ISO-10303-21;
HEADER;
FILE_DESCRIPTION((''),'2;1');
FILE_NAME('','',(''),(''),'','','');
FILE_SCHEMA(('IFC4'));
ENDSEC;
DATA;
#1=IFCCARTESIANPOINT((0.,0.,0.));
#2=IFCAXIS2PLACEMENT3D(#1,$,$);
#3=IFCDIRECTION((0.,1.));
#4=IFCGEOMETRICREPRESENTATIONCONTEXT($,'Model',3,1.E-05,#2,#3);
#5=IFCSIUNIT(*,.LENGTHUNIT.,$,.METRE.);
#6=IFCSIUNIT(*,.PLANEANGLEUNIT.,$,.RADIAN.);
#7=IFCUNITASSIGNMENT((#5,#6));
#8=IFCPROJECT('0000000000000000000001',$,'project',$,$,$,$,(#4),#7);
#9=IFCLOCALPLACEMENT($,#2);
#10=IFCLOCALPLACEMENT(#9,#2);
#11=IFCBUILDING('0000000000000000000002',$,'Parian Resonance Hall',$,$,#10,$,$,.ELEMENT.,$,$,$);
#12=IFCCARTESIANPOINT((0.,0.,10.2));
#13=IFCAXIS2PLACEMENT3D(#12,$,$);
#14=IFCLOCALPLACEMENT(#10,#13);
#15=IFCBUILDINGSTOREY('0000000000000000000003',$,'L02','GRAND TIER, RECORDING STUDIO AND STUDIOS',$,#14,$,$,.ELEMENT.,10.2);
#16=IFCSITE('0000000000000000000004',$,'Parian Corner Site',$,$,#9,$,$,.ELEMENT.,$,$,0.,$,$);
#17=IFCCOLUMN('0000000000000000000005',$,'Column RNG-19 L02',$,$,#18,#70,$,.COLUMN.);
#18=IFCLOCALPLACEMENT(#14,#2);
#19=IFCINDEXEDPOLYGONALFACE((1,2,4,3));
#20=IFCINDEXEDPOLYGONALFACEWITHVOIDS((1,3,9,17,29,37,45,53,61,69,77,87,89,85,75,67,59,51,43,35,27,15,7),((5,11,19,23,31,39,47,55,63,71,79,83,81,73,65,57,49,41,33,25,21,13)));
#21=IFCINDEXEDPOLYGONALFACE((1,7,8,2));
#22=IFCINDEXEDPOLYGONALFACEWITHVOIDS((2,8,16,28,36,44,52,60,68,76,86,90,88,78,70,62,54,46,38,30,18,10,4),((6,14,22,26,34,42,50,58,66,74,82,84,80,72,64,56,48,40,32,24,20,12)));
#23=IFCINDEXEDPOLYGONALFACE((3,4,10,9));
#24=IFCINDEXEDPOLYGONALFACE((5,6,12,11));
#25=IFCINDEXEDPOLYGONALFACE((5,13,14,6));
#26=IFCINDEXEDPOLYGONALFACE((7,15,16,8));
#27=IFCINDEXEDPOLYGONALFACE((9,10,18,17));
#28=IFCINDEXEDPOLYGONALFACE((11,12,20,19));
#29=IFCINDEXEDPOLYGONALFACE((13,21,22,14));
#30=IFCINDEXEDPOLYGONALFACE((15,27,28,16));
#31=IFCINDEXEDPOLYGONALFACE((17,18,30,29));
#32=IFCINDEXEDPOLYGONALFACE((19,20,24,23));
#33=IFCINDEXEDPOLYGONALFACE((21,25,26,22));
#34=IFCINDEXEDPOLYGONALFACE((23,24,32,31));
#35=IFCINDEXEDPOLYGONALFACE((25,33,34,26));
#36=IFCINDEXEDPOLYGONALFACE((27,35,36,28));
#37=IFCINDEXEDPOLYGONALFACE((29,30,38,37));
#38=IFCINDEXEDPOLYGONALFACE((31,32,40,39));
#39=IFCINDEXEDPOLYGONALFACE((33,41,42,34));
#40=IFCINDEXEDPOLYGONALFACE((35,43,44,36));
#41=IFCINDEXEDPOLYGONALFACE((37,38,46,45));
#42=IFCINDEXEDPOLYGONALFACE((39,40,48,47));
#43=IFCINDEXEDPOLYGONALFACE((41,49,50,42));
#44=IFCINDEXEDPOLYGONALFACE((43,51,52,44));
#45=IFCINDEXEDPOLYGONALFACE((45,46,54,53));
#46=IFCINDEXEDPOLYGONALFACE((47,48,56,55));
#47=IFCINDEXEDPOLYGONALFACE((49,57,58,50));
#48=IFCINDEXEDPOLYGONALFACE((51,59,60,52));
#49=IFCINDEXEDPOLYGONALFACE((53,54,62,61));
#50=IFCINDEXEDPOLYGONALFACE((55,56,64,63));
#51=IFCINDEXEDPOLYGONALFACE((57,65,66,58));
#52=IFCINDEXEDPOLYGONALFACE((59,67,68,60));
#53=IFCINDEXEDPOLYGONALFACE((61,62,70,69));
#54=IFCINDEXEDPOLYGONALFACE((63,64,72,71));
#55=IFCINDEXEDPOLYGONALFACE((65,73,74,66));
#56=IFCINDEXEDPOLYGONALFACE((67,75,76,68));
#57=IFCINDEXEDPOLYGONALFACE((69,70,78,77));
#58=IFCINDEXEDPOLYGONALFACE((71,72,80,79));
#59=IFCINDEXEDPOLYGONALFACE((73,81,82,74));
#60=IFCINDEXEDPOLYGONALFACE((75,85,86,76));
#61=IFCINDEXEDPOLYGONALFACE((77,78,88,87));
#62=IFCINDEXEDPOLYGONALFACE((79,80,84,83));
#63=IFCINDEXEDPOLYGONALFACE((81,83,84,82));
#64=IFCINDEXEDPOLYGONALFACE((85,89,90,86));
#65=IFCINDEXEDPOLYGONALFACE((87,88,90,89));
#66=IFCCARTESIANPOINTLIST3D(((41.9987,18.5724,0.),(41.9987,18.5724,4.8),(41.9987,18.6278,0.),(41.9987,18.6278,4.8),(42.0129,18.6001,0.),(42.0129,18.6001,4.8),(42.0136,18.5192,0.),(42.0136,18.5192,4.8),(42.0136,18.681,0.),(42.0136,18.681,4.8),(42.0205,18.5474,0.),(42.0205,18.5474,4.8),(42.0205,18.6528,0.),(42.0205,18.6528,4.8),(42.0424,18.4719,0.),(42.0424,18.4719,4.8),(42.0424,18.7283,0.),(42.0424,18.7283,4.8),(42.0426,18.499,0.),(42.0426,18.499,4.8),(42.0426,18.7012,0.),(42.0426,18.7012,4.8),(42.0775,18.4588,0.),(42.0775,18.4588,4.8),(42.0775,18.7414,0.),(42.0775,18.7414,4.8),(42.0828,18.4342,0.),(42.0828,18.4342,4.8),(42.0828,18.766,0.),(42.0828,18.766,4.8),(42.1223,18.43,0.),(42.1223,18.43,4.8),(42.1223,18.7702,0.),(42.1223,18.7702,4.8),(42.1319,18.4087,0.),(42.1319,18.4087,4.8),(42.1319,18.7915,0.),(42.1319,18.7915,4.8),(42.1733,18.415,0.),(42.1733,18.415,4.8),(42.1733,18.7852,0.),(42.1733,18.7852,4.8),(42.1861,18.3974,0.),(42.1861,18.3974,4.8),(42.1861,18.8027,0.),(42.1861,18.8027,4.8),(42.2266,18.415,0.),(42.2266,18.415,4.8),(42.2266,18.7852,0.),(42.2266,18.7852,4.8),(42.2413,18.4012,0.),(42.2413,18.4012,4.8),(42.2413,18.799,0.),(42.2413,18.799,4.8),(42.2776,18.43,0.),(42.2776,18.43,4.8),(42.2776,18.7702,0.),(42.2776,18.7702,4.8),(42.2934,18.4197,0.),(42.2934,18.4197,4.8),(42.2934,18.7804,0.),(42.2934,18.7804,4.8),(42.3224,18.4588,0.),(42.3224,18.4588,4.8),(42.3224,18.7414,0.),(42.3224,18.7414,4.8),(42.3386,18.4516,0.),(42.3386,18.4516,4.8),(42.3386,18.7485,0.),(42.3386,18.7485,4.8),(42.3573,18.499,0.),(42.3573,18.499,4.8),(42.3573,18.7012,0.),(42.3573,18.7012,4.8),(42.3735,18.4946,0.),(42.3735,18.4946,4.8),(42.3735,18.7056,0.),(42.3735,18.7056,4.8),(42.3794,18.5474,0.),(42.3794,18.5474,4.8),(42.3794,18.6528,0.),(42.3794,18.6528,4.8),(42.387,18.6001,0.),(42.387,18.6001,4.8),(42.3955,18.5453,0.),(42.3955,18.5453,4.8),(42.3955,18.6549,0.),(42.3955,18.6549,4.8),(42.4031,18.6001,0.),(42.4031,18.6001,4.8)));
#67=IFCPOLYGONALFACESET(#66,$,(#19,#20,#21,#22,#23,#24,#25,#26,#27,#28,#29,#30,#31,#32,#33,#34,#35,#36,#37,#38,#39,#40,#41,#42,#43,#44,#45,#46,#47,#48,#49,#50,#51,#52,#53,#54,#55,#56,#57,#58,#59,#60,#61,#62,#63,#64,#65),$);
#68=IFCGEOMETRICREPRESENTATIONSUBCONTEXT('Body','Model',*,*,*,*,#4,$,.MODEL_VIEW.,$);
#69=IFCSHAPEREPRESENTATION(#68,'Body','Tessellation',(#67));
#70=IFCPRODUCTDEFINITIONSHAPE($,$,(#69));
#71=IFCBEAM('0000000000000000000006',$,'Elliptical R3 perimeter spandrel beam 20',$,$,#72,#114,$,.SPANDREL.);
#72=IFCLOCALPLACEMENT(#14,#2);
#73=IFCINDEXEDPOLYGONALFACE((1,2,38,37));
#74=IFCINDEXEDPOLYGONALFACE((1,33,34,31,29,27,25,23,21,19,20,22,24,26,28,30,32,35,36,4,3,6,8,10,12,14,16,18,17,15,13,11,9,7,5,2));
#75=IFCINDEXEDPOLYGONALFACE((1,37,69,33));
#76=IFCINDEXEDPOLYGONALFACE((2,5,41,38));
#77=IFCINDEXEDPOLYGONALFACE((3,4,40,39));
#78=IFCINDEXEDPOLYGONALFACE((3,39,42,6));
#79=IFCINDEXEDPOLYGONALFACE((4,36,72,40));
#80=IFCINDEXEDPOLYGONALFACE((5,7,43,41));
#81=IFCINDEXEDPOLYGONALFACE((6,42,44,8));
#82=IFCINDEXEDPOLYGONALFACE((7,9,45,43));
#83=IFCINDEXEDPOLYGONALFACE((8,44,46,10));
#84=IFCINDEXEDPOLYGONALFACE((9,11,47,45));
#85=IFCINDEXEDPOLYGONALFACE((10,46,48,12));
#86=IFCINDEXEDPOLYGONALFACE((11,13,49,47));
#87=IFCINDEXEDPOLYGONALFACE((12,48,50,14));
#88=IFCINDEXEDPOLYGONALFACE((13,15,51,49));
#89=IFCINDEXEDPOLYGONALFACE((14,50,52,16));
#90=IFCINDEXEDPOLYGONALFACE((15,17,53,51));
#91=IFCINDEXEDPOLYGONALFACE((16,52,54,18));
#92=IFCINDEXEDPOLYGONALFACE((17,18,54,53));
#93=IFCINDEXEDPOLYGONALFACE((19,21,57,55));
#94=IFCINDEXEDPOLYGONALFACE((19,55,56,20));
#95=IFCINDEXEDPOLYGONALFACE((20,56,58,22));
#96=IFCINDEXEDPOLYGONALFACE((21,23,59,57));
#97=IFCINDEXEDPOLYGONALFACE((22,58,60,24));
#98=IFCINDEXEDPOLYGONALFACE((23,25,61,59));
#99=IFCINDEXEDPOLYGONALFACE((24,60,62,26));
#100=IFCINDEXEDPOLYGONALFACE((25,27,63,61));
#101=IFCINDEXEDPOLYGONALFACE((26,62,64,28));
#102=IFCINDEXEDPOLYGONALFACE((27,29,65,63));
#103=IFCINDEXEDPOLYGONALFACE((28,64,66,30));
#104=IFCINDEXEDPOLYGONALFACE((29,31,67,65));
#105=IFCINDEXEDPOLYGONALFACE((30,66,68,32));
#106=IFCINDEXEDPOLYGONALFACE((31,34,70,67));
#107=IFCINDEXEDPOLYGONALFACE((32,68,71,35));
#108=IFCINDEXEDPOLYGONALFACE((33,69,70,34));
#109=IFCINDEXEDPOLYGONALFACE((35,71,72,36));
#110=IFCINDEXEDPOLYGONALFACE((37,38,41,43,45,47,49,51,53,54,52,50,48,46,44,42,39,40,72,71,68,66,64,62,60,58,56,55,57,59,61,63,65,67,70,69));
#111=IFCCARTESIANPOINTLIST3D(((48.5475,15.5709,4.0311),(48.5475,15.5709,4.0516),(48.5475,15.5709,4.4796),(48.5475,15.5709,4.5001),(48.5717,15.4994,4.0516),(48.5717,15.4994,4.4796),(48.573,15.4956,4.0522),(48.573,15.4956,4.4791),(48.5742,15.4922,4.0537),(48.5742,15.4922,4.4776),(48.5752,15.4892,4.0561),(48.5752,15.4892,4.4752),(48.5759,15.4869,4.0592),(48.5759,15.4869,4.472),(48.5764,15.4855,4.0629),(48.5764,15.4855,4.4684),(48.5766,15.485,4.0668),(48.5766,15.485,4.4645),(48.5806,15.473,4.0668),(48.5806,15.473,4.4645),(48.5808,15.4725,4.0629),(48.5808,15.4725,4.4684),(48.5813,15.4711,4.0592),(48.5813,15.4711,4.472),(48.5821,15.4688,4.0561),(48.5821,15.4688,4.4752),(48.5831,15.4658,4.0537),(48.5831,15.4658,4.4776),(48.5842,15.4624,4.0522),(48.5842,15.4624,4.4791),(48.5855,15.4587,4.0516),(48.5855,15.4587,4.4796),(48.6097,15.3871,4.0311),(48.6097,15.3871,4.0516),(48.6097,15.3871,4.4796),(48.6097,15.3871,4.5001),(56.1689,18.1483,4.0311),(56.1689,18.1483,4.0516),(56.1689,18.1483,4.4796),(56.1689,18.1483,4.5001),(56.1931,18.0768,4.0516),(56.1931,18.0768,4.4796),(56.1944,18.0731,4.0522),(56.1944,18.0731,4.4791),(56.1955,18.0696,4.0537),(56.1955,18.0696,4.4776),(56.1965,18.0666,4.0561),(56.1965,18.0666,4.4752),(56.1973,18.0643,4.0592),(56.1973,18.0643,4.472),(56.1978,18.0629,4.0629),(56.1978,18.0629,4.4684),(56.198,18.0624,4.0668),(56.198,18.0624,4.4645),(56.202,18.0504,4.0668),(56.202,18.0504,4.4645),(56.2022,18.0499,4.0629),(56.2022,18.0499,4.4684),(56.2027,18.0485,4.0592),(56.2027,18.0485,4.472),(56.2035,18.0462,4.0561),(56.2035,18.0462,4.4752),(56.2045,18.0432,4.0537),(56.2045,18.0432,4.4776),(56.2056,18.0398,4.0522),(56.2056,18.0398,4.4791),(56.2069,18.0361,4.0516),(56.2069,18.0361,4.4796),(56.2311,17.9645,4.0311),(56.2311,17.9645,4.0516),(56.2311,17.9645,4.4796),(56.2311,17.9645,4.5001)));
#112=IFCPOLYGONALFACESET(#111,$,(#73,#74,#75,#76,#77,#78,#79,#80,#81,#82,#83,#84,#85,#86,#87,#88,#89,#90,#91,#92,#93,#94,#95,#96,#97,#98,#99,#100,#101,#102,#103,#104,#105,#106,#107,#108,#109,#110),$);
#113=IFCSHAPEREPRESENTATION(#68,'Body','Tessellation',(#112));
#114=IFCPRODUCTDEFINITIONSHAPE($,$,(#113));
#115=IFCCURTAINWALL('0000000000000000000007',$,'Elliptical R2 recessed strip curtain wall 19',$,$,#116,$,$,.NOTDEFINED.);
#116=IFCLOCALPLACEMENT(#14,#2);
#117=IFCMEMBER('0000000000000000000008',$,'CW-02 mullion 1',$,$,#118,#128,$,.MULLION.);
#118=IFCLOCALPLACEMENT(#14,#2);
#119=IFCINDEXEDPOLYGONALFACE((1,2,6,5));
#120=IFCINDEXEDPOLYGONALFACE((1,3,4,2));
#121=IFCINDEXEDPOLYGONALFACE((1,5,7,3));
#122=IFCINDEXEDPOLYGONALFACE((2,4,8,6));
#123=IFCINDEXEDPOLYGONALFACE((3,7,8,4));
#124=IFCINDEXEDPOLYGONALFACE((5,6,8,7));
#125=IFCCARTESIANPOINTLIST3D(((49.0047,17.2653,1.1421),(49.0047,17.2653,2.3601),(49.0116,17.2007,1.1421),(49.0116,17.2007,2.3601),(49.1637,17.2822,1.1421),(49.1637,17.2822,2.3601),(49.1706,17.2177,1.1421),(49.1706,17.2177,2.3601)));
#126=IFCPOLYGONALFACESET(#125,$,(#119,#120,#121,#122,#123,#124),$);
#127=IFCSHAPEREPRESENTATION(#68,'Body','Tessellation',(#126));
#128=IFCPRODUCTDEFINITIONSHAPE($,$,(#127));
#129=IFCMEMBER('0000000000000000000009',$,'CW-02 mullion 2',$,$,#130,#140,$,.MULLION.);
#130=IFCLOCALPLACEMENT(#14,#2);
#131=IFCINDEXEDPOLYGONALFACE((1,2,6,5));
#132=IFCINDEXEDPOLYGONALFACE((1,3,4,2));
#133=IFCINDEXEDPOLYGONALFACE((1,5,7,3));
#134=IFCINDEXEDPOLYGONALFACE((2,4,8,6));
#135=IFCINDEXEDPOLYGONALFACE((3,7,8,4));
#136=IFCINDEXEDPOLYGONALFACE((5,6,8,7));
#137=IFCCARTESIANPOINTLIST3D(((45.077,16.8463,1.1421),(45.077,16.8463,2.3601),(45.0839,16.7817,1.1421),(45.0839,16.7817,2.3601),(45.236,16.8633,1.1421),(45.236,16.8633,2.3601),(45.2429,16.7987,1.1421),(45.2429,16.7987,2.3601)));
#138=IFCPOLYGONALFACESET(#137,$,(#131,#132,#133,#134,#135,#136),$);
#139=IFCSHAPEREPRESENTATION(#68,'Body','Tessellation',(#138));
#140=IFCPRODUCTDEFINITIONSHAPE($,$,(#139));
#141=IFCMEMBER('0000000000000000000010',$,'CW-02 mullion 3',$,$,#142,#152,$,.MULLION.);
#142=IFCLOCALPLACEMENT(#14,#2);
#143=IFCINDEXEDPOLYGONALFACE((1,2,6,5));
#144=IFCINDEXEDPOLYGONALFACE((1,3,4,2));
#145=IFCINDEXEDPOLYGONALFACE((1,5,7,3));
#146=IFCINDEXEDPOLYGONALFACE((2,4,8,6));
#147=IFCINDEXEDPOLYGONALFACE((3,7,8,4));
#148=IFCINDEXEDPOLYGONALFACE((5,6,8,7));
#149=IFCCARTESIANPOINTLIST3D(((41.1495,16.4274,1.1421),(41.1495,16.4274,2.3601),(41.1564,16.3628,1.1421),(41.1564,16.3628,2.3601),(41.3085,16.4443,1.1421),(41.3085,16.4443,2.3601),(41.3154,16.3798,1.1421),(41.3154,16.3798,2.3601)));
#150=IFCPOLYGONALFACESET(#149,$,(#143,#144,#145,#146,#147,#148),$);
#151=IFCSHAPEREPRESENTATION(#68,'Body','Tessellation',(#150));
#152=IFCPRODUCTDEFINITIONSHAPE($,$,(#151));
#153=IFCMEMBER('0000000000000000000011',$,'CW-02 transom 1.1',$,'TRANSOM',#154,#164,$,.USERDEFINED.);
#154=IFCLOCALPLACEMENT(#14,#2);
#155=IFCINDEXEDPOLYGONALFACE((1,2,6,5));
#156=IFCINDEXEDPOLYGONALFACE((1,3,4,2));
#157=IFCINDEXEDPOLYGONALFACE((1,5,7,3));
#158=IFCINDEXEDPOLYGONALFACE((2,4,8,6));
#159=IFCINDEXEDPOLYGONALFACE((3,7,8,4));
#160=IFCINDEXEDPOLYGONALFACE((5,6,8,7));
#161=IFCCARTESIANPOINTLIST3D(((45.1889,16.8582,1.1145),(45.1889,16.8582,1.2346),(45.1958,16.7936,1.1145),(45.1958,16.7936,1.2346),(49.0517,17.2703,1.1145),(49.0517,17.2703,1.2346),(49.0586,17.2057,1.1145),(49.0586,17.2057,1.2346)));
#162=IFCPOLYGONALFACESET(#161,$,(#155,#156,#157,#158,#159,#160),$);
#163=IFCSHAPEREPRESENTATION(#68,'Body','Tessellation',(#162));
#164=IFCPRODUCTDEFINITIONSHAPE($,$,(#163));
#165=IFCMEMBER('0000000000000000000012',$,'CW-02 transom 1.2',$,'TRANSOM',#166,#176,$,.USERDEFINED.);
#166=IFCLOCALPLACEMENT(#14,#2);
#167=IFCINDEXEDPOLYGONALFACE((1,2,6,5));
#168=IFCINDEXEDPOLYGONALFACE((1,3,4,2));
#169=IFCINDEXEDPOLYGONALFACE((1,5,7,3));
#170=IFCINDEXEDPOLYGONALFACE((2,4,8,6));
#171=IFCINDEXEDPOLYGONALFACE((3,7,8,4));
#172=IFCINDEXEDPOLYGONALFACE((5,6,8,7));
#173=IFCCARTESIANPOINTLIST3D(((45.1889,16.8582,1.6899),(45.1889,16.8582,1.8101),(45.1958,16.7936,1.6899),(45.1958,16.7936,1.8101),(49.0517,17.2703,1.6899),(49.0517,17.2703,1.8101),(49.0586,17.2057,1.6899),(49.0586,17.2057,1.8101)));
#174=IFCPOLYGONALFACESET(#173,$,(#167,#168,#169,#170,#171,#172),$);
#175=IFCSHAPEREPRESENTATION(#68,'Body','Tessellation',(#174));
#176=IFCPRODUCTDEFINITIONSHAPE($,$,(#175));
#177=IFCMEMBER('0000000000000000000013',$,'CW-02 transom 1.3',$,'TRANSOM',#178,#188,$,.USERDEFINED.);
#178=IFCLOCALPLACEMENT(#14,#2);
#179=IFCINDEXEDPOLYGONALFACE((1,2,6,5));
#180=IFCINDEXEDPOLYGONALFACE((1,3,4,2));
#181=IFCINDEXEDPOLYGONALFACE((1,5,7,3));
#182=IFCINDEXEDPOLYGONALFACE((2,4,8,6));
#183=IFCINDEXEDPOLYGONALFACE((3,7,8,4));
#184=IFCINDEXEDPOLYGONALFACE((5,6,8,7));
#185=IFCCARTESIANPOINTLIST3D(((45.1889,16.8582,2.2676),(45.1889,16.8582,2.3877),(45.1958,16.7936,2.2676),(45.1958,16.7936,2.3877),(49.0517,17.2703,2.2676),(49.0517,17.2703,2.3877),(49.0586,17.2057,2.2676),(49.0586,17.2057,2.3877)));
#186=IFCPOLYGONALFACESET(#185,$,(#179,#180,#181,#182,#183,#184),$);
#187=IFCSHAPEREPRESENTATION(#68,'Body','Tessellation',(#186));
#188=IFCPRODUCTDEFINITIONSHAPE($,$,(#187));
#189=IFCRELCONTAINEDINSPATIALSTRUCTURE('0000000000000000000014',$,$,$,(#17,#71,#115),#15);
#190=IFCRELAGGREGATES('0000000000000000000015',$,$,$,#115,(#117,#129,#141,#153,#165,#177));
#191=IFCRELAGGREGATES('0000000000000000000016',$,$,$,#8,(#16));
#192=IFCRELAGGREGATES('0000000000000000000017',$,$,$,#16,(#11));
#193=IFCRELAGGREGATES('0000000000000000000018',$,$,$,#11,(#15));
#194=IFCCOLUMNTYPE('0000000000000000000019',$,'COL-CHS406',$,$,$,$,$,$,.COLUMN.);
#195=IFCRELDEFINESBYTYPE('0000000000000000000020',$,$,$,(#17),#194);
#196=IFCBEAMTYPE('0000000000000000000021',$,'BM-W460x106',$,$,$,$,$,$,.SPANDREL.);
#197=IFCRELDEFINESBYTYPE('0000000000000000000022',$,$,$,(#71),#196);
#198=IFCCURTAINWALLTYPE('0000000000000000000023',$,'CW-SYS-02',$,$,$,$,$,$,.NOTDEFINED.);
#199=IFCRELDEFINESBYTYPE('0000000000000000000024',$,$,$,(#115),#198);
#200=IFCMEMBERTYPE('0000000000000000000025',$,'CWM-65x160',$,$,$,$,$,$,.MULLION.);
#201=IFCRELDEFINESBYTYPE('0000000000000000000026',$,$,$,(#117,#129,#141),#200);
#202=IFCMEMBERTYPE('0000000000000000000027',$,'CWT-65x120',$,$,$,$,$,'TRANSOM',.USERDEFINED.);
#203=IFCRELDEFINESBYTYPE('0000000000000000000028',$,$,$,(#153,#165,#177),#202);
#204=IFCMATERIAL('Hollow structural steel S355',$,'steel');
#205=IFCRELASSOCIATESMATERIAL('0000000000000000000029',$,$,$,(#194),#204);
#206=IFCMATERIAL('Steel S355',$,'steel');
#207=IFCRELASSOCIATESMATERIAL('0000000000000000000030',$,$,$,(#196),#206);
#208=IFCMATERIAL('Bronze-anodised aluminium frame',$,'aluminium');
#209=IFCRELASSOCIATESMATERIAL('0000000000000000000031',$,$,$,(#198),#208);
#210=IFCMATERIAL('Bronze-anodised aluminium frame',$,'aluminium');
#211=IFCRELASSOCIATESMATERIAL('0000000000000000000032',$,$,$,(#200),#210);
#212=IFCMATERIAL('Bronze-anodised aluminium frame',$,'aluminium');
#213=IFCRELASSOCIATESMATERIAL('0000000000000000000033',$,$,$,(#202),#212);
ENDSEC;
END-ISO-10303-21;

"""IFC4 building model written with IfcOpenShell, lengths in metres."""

from ifc_helpers import new_model, si_unit, direction, frame, origin, origin_2d, place, context, subcontext, project, spatial, rectangle, hollow_circle, i_section, extrude, material, material_profile, profile_set, type_object, element, aggregate, save


model = new_model("IFC4")

# Units and contexts
model_context = context("Model", 3, precision=1e-05, world=origin(), true_north=direction((0.0, 1.0)))
body_context = subcontext(model_context, "Body", "Model", "MODEL_VIEW")
ifc_project = project(units=[si_unit("LENGTHUNIT", "METRE"), si_unit("PLANEANGLEUNIT", "RADIAN")], contexts=[model_context])

# Site, building, storey
site_placement = place(None, origin())
site = spatial("IfcSite", under=ifc_project, at=site_placement, Name="Parian Corner Site", CompositionType="ELEMENT", RefElevation=0.0)
building_placement = place(site_placement, origin())
building = spatial("IfcBuilding", under=site, at=building_placement, Name="Parian Resonance Hall", CompositionType="ELEMENT")
storey_placement = place(building_placement, frame((0.0, 0.0, 10.2)))
storey = spatial("IfcBuildingStorey", under=building, at=storey_placement, Name="L02", Description="GRAND TIER, RECORDING STUDIO AND STUDIOS", CompositionType="ELEMENT", Elevation=10.2)

# Column
ifc_material_1 = material(Name="Hollow structural steel S355", Category="steel")
ifc_material_profile_1 = material_profile(ifc_material_1, hollow_circle(Radius=0.2031, WallThickness=0.0161, at=origin_2d()), Name="CHS406.4x16")
ifc_profile_set_1 = profile_set([ifc_material_profile_1], Name="Hollow structural steel S355")
column_type = type_object("IfcColumnType", Name="COL-CHS406", PredefinedType="COLUMN", material=ifc_profile_set_1)
column_placement = place(storey_placement, frame((42.2, 18.6001, 0.0), z_axis=(0.0, 0.0, 1.0), x_axis=(1.0, 0.0, 0.0)))
element("IfcColumn", 1, at=column_placement, inside=storey, type_object=column_type, Name="Column RNG-19 L02", PredefinedType="COLUMN", context=body_context, shape_type="SweptSolid", body=[
    extrude(hollow_circle(Radius=0.2031, WallThickness=0.0161, at=origin_2d()), origin(), (0.0, 0.0, 1.0), 4.8),
])

# Beam
ifc_material_2 = material(Name="Steel S355", Category="steel")
ifc_material_profile_2 = material_profile(ifc_material_2, i_section(OverallWidth=0.1941, OverallDepth=0.469, WebThickness=0.0127, FlangeThickness=0.0205, FilletRadius=0.0151, at=origin_2d()), Name="W460x106")
ifc_profile_set_2 = profile_set([ifc_material_profile_2], Name="Steel S355")
beam_type = type_object("IfcBeamType", Name="BM-W460x106", PredefinedType="SPANDREL", material=ifc_profile_set_2)
beam_placement = place(storey_placement, frame((48.5786, 15.479, 4.2656), z_axis=(0.947297, 0.320358, 0.0), x_axis=(-0.320358, 0.947297, 0.0)))
element("IfcBeam", 2, at=beam_placement, inside=storey, type_object=beam_type, Name="Elliptical R3 perimeter spandrel beam 20", PredefinedType="SPANDREL", context=body_context, shape_type="SweptSolid", body=[
    extrude(i_section(OverallWidth=0.1941, OverallDepth=0.469, WebThickness=0.0127, FlangeThickness=0.0205, FilletRadius=0.0151, at=origin_2d()), origin(), (0.0, 0.0, 1.0), 8.0454),
])

# Curtain wall, members
ifc_material_3 = material(Name="Bronze-anodised aluminium frame", Category="aluminium")
curtain_wall_type = type_object("IfcCurtainWallType", Name="CW-SYS-02", PredefinedType="NOTDEFINED", material=ifc_material_3)
curtain_wall_placement = place(storey_placement, origin())
curtain_wall = element("IfcCurtainWall", 3, at=curtain_wall_placement, inside=storey, type_object=curtain_wall_type, Name="Elliptical R2 recessed strip curtain wall 19", PredefinedType="NOTDEFINED")
ifc_material_4 = material(Name="Bronze-anodised aluminium frame", Category="aluminium")
ifc_material_profile_3 = material_profile(ifc_material_4, rectangle(XDim=0.0649, YDim=0.1599, at=origin_2d()), Name="CWM-65x160")
ifc_profile_set_3 = profile_set([ifc_material_profile_3], Name="Bronze-anodised aluminium frame")
member_type_1 = type_object("IfcMemberType", Name="CWM-65x160", PredefinedType="MULLION", material=ifc_profile_set_3)
member_1_placement = place(storey_placement, frame((49.0876, 17.2415, 1.1421), z_axis=(0.0, 0.0, 1.0), x_axis=(0.106091, -0.994356, 0.0)))
member_1 = element("IfcMember", 4, at=member_1_placement, type_object=member_type_1, Name="CW-02 mullion 1", PredefinedType="MULLION", context=body_context, shape_type="SweptSolid", body=[
    extrude(rectangle(XDim=0.0649, YDim=0.1599, at=origin_2d()), origin(), (0.0, 0.0, 1.0), 1.218),
])
member_2_placement = place(storey_placement, frame((45.1599, 16.8225, 1.1421), z_axis=(0.0, 0.0, 1.0), x_axis=(0.106091, -0.994356, 0.0)))
member_2 = element("IfcMember", 5, at=member_2_placement, type_object=member_type_1, Name="CW-02 mullion 2", PredefinedType="MULLION", context=body_context, shape_type="SweptSolid", body=[
    extrude(rectangle(XDim=0.0649, YDim=0.1599, at=origin_2d()), origin(), (0.0, 0.0, 1.0), 1.218),
])
member_3_placement = place(storey_placement, frame((41.2324, 16.4036, 1.1421), z_axis=(0.0, 0.0, 1.0), x_axis=(0.106091, -0.994356, 0.0)))
member_3 = element("IfcMember", 6, at=member_3_placement, type_object=member_type_1, Name="CW-02 mullion 3", PredefinedType="MULLION", context=body_context, shape_type="SweptSolid", body=[
    extrude(rectangle(XDim=0.0649, YDim=0.1599, at=origin_2d()), origin(), (0.0, 0.0, 1.0), 1.218),
])
ifc_material_5 = material(Name="Bronze-anodised aluminium frame", Category="aluminium")
ifc_material_profile_4 = material_profile(ifc_material_5, rectangle(XDim=0.0649, YDim=0.1201, at=origin_2d()), Name="CWT-65x120")
ifc_profile_set_4 = profile_set([ifc_material_profile_4], Name="Bronze-anodised aluminium frame")
member_type_2 = type_object("IfcMemberType", Name="CWT-65x120", ElementType="TRANSOM", PredefinedType="USERDEFINED", material=ifc_profile_set_4)
member_4_placement = place(storey_placement, frame((49.0552, 17.238, 1.1746), z_axis=(-0.994357, -0.106085, 0.0), x_axis=(0.106085, -0.994357, 0.0)))
member_4 = element("IfcMember", 7, at=member_4_placement, type_object=member_type_2, Name="CW-02 transom 1.1", ObjectType="TRANSOM", PredefinedType="USERDEFINED", context=body_context, shape_type="SweptSolid", body=[
    extrude(rectangle(XDim=0.0649, YDim=0.1201, at=origin_2d()), origin(), (0.0, 0.0, 1.0), 3.8848),
])
member_5_placement = place(storey_placement, frame((49.0552, 17.238, 1.75), z_axis=(-0.994357, -0.106085, 0.0), x_axis=(0.106085, -0.994357, 0.0)))
member_5 = element("IfcMember", 8, at=member_5_placement, type_object=member_type_2, Name="CW-02 transom 1.2", ObjectType="TRANSOM", PredefinedType="USERDEFINED", context=body_context, shape_type="SweptSolid", body=[
    extrude(rectangle(XDim=0.0649, YDim=0.1201, at=origin_2d()), origin(), (0.0, 0.0, 1.0), 3.8848),
])
member_6_placement = place(storey_placement, frame((49.0552, 17.238, 2.3276), z_axis=(-0.994357, -0.106085, 0.0), x_axis=(0.106085, -0.994357, 0.0)))
member_6 = element("IfcMember", 9, at=member_6_placement, type_object=member_type_2, Name="CW-02 transom 1.3", ObjectType="TRANSOM", PredefinedType="USERDEFINED", context=body_context, shape_type="SweptSolid", body=[
    extrude(rectangle(XDim=0.0649, YDim=0.1201, at=origin_2d()), origin(), (0.0, 0.0, 1.0), 3.8848),
])

aggregate(curtain_wall, [member_1, member_2, member_3, member_4, member_5, member_6])

save(model, "model.ifc")
